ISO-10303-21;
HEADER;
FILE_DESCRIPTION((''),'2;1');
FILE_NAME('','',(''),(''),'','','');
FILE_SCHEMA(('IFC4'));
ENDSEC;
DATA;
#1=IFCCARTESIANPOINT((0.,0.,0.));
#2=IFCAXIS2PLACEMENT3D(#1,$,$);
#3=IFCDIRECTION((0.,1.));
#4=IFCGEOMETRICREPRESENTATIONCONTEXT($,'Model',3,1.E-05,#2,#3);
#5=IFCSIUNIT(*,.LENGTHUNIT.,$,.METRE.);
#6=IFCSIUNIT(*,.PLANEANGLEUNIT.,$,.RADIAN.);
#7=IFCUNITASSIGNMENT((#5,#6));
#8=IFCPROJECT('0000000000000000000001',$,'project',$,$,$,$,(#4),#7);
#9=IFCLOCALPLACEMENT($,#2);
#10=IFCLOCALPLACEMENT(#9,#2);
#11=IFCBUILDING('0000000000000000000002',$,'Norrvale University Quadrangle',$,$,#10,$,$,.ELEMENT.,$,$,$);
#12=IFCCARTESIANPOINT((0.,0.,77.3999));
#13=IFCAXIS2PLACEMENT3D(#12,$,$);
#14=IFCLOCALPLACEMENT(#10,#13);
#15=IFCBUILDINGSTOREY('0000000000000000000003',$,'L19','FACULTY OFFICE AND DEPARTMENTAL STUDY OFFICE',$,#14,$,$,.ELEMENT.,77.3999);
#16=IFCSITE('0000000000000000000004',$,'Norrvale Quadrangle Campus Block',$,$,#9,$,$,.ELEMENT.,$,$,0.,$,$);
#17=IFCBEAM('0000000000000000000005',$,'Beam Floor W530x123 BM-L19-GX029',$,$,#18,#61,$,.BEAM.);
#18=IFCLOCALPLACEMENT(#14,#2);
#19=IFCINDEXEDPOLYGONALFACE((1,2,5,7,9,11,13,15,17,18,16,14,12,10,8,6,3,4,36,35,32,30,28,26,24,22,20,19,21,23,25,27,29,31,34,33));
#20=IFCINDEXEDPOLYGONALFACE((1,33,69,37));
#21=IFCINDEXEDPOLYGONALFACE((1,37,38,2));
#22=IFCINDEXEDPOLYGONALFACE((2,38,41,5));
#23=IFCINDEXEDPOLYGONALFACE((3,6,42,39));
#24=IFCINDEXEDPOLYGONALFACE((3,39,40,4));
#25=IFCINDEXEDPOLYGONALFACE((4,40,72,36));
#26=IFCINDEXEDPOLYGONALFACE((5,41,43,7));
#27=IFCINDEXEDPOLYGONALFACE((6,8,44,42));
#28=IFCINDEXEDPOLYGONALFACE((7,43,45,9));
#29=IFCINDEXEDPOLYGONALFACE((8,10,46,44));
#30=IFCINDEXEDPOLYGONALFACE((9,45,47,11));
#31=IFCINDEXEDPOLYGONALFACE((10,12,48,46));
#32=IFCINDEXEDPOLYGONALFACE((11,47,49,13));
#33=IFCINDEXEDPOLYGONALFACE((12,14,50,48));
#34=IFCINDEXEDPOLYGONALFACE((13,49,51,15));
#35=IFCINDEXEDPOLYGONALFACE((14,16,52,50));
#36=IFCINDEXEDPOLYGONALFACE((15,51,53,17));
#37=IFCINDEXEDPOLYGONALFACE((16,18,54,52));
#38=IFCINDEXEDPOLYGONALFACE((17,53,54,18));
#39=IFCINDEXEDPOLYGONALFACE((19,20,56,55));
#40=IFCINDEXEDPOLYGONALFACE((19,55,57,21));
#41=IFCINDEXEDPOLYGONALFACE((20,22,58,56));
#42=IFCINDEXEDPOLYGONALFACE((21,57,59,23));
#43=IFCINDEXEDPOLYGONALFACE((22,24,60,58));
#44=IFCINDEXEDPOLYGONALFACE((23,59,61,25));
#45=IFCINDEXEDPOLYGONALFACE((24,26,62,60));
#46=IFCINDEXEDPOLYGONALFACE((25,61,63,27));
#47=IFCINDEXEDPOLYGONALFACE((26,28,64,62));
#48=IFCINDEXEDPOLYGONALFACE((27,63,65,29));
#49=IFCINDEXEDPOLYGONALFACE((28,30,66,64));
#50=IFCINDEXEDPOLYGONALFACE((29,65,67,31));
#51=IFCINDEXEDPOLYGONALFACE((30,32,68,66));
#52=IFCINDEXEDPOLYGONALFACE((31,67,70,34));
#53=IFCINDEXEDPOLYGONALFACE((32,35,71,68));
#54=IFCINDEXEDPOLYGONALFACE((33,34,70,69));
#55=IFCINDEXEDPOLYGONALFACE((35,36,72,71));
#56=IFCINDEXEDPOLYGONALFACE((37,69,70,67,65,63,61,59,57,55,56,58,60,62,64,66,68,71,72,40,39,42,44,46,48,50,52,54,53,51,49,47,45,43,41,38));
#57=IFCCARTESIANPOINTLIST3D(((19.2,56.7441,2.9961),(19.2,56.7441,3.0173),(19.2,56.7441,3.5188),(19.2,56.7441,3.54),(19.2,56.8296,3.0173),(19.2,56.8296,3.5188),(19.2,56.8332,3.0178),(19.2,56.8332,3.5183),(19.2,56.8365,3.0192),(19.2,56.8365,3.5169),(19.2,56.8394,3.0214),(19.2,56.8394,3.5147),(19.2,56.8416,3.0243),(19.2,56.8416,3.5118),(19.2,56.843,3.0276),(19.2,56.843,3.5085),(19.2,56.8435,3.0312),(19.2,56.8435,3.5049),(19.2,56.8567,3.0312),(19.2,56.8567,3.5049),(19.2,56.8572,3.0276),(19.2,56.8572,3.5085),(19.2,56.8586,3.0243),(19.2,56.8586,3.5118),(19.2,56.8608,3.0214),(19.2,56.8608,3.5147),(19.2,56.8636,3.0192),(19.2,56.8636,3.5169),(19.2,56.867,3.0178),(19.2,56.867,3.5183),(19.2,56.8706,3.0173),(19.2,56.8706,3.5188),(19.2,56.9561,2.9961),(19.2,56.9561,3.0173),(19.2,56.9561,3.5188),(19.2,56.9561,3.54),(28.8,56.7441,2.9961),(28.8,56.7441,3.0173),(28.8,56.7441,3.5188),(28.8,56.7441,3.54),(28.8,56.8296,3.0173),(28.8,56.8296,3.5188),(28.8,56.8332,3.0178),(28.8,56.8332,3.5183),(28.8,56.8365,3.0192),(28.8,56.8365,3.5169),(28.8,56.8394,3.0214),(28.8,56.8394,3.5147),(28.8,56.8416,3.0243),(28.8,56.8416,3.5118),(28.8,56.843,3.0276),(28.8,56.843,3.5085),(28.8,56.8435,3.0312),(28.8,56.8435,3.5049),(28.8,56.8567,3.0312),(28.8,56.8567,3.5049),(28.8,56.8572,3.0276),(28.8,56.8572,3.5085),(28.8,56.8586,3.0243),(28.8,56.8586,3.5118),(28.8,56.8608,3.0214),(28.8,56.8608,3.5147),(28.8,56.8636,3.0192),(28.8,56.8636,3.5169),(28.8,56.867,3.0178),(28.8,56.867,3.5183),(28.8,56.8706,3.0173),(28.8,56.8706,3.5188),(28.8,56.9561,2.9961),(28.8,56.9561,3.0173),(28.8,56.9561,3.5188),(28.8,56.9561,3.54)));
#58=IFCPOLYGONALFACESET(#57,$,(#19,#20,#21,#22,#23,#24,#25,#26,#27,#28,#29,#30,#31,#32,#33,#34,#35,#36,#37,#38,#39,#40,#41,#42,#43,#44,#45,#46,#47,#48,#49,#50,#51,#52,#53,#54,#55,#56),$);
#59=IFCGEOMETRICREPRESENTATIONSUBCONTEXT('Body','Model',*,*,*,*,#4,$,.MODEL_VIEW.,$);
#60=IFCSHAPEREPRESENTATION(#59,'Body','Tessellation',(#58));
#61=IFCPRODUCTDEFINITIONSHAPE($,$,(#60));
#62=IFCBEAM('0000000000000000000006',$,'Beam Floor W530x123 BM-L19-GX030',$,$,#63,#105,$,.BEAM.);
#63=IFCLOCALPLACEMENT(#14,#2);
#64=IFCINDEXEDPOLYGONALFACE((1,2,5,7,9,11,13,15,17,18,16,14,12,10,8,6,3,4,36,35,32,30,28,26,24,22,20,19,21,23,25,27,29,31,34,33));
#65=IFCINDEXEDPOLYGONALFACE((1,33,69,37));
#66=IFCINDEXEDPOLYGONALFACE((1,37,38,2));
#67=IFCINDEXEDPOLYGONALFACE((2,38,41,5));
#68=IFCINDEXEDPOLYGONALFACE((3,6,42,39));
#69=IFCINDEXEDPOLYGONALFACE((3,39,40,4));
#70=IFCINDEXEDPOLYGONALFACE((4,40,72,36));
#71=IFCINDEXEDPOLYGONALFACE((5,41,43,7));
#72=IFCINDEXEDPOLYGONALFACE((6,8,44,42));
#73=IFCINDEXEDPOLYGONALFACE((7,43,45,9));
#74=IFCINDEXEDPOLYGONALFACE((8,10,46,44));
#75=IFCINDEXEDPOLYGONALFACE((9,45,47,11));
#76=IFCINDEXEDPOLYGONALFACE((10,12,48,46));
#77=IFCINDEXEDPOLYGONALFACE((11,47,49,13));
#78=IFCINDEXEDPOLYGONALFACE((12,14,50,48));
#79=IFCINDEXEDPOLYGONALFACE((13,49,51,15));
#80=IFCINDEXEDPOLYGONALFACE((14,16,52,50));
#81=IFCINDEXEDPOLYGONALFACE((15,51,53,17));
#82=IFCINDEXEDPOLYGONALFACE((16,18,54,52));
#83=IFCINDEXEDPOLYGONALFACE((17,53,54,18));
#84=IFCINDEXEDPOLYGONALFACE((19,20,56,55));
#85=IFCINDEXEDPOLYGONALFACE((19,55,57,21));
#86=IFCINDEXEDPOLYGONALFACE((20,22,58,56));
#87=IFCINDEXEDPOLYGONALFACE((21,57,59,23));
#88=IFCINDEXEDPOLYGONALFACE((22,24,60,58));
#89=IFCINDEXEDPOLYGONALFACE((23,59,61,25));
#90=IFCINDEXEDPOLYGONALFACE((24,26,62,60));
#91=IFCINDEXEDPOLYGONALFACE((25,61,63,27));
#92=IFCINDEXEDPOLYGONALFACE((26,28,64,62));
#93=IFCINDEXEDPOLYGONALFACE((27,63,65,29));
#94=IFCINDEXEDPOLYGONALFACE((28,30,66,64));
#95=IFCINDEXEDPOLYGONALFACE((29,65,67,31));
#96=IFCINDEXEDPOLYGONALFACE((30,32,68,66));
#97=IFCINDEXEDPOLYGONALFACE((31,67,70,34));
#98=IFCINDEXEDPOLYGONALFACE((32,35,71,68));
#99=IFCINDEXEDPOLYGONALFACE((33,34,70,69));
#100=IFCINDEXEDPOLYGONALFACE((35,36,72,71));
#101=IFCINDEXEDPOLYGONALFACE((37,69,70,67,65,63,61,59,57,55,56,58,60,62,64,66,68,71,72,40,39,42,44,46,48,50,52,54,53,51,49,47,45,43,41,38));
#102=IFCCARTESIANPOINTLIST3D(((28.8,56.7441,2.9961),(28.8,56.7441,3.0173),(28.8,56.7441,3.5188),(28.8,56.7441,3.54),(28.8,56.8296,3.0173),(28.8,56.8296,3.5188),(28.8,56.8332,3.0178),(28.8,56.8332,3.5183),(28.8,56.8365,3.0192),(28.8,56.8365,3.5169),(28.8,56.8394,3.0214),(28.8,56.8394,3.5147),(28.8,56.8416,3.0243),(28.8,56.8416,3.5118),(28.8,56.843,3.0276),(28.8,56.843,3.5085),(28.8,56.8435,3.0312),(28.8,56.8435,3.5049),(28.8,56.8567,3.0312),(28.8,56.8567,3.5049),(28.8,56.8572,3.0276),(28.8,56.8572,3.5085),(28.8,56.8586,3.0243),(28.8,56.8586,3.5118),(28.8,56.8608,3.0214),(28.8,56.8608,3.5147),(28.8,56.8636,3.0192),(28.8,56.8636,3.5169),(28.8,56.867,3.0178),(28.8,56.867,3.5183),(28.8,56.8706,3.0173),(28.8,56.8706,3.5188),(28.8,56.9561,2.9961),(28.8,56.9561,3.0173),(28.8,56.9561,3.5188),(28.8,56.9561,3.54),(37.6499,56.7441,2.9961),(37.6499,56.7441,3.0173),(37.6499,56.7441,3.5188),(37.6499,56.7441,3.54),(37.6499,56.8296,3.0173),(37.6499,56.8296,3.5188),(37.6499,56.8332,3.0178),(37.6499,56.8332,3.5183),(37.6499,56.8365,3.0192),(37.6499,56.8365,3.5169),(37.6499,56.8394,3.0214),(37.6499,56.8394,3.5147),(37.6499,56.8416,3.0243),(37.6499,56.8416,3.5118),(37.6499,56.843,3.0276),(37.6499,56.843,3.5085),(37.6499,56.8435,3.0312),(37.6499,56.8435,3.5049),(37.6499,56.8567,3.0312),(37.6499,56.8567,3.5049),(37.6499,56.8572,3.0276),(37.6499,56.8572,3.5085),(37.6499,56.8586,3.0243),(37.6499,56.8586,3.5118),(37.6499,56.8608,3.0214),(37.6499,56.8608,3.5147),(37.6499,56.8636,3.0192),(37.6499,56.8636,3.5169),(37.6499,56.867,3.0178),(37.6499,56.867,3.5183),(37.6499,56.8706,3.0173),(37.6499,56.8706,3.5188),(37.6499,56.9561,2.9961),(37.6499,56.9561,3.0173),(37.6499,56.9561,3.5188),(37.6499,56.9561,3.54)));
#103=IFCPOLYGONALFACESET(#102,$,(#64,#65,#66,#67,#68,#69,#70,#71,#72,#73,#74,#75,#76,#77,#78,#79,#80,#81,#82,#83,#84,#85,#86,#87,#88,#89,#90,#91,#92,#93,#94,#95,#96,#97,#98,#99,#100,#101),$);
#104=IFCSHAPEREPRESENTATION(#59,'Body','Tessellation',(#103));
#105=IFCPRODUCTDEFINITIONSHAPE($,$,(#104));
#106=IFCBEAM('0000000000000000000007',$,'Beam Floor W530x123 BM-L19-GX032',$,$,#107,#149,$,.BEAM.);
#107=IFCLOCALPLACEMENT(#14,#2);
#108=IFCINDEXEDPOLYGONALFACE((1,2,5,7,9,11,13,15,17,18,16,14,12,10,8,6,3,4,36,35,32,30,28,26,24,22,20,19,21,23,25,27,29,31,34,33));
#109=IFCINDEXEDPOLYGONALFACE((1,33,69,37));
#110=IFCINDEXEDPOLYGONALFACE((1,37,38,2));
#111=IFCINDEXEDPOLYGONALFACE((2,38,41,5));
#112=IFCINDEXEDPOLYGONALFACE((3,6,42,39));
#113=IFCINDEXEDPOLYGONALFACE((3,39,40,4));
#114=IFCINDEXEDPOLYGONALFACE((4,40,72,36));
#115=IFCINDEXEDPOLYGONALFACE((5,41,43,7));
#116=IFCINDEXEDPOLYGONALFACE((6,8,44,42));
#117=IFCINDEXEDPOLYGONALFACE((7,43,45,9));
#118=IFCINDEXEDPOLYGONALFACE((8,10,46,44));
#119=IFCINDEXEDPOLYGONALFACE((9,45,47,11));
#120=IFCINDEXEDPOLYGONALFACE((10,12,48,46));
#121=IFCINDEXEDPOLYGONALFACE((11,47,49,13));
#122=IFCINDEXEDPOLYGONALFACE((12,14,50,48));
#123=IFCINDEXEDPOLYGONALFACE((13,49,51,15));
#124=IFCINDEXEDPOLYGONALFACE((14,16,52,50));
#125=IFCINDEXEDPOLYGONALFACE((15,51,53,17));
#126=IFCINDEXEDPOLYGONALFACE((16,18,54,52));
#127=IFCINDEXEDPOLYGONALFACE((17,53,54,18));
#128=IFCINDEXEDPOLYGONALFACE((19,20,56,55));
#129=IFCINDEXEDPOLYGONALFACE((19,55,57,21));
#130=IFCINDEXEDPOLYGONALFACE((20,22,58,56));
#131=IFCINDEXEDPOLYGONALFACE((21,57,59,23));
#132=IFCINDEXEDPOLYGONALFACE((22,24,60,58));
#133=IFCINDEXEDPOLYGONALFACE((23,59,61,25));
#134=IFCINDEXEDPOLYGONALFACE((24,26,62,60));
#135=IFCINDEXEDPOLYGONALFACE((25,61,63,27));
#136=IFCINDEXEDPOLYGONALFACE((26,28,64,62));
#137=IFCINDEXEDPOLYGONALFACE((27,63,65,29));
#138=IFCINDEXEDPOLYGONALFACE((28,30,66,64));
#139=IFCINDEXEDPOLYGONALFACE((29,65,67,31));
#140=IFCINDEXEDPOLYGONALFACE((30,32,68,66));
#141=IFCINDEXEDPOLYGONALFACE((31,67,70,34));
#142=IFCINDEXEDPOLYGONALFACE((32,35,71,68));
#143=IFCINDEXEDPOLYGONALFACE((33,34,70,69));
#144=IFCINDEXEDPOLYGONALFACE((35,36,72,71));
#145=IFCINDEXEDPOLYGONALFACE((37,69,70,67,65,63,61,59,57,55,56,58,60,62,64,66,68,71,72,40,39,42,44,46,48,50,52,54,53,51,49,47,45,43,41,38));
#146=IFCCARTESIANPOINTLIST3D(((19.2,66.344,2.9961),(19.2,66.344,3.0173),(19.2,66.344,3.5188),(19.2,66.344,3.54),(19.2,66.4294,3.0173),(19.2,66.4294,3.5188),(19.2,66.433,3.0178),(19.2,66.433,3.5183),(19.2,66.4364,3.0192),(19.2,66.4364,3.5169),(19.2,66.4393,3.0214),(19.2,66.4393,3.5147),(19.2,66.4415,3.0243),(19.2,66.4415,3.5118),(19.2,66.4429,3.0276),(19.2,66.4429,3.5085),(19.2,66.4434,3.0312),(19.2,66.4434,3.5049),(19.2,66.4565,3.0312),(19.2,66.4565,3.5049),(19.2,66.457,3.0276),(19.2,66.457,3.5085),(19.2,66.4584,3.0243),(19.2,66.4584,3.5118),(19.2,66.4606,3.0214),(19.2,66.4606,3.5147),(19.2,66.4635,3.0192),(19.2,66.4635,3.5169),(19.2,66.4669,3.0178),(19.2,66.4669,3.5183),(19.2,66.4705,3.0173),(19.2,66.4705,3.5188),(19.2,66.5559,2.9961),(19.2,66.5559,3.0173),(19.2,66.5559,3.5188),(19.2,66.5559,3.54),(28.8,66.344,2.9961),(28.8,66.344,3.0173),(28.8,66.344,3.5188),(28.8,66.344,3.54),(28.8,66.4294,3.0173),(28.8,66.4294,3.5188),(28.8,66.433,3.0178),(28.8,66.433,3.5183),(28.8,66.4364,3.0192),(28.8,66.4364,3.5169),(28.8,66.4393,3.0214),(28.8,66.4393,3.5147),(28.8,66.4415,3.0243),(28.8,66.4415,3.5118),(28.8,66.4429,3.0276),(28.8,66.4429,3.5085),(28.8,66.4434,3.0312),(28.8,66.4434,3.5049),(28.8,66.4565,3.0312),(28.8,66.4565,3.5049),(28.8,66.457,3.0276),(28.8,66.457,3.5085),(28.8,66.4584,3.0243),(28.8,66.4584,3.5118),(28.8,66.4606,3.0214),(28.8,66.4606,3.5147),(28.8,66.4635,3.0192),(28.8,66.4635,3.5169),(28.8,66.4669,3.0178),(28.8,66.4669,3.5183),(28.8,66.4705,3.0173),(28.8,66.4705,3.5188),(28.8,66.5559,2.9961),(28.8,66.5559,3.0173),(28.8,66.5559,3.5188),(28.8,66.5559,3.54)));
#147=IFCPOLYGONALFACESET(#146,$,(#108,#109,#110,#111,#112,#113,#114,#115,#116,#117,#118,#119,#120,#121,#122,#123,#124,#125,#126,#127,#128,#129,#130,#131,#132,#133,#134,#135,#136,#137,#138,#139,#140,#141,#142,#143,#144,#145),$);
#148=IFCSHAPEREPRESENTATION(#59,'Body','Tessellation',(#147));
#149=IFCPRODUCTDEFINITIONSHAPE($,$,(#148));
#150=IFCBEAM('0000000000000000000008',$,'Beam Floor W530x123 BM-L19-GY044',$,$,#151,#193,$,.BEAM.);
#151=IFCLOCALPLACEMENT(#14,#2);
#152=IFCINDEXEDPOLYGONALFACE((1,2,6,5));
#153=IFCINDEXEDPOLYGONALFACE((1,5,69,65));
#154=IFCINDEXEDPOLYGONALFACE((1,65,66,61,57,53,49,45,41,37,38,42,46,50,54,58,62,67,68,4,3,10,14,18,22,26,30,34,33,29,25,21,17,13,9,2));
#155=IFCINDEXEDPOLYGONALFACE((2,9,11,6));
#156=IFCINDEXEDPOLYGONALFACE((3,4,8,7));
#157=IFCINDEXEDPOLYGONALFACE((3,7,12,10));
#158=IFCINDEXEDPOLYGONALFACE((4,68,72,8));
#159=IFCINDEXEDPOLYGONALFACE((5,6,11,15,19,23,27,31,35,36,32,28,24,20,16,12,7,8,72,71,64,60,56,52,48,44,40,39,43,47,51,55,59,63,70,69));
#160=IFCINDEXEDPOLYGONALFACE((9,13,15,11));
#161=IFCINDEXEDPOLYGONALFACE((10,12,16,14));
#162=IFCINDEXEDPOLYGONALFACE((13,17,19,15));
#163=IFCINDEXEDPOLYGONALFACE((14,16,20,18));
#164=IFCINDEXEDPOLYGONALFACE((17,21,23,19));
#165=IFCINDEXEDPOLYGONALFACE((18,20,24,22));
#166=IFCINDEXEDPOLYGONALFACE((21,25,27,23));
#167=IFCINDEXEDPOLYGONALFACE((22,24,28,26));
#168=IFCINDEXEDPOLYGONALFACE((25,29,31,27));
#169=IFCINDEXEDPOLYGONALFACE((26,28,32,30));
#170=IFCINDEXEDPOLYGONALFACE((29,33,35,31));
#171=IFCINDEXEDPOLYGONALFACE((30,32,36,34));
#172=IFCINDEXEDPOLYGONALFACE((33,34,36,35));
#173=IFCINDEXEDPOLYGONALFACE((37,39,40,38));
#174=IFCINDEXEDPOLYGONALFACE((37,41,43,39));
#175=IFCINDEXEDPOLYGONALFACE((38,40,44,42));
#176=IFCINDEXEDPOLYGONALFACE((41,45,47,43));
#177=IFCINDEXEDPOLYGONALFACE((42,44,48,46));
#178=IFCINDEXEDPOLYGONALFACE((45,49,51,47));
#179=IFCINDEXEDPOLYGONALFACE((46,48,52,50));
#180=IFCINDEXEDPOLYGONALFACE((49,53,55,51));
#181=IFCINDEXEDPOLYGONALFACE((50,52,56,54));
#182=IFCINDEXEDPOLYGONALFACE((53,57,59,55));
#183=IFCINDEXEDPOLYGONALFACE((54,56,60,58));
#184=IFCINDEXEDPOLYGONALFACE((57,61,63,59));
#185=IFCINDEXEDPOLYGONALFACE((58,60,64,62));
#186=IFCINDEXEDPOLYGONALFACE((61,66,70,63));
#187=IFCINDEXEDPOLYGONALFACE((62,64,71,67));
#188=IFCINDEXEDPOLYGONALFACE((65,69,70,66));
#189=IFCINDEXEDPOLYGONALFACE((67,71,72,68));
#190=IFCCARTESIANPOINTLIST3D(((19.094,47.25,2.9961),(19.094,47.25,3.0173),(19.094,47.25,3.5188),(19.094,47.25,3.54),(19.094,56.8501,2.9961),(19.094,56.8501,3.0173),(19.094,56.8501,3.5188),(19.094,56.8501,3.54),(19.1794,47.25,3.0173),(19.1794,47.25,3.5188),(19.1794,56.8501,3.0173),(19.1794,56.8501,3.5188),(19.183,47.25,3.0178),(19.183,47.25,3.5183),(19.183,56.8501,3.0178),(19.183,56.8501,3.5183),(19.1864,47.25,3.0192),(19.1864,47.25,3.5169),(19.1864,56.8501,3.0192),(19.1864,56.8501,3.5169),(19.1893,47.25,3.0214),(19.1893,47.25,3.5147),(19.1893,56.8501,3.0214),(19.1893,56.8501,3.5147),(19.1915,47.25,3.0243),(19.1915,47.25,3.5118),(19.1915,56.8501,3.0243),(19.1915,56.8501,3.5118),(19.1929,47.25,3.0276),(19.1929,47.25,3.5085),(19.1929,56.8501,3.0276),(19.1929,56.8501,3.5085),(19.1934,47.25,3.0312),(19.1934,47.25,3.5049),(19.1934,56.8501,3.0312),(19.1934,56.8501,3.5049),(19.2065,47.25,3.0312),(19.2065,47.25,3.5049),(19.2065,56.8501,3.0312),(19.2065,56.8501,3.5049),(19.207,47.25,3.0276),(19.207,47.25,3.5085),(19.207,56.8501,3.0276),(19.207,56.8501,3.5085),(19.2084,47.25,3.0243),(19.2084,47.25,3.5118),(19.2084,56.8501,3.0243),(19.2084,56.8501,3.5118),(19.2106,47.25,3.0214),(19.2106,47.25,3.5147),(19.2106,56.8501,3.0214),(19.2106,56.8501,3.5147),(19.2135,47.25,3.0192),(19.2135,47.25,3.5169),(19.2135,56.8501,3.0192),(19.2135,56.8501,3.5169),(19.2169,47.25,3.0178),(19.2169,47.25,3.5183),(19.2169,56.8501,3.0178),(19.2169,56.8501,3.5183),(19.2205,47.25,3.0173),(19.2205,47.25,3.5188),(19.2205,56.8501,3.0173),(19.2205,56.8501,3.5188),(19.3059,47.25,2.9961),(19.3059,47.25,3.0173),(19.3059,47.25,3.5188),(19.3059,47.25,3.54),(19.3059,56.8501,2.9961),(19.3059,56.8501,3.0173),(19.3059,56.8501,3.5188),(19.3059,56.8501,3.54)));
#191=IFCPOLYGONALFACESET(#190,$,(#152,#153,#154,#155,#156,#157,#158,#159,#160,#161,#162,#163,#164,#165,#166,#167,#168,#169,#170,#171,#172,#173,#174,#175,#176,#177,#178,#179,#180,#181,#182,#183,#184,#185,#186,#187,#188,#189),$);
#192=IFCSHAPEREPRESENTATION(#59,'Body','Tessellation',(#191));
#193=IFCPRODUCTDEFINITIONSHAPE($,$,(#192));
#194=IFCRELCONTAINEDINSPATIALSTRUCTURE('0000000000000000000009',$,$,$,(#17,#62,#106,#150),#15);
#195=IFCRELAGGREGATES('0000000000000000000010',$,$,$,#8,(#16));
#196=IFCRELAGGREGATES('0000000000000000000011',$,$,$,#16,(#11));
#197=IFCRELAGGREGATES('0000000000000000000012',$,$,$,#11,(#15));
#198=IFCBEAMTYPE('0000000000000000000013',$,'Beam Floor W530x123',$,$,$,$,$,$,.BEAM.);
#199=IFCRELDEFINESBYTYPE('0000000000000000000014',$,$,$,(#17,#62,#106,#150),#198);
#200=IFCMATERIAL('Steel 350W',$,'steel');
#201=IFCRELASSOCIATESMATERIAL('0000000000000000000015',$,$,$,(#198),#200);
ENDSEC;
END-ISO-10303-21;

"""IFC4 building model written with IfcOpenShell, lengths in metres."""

from ifc_helpers import new_model, si_unit, direction, frame, origin, origin_2d, place, context, subcontext, project, spatial, i_section, extrude, material, material_profile, profile_set, type_object, element, save


model = new_model("IFC4")

# Units and contexts
model_context = context("Model", 3, precision=1e-05, world=origin(), true_north=direction((0.0, 1.0)))
body_context = subcontext(model_context, "Body", "Model", "MODEL_VIEW")
ifc_project = project(units=[si_unit("LENGTHUNIT", "METRE"), si_unit("PLANEANGLEUNIT", "RADIAN")], contexts=[model_context])

# Site, building, storey
site_placement = place(None, origin())
site = spatial("IfcSite", under=ifc_project, at=site_placement, Name="Norrvale Quadrangle Campus Block", CompositionType="ELEMENT", RefElevation=0.0)
building_placement = place(site_placement, origin())
building = spatial("IfcBuilding", under=site, at=building_placement, Name="Norrvale University Quadrangle", CompositionType="ELEMENT")
storey_placement = place(building_placement, frame((0.0, 0.0, 77.3999)))
storey = spatial("IfcBuildingStorey", under=building, at=storey_placement, Name="L19", Description="FACULTY OFFICE AND DEPARTMENTAL STUDY OFFICE", CompositionType="ELEMENT", Elevation=77.3999)

# Beams
ifc_material_1 = material(Name="Steel 350W", Category="steel")
ifc_material_profile_1 = material_profile(ifc_material_1, i_section(OverallWidth=0.2119, OverallDepth=0.5439, WebThickness=0.0132, FlangeThickness=0.0212, FilletRadius=0.0139, at=origin_2d()), Name="Steel 350W")
ifc_profile_set_1 = profile_set([ifc_material_profile_1], Name="Steel 350W")
beam_type_1 = type_object("IfcBeamType", Name="Beam Floor W530x123", PredefinedType="BEAM", material=ifc_profile_set_1)
beam_1_placement = place(storey_placement, frame((19.2, 56.8501, 3.2681), z_axis=(1.0, 0.0, 0.0), x_axis=(0.0, 1.0, 0.0)))
element("IfcBeam", 1, at=beam_1_placement, inside=storey, type_object=beam_type_1, Name="Beam Floor W530x123 BM-L19-GX029", PredefinedType="BEAM", context=body_context, shape_type="SweptSolid", body=[
    extrude(i_section(OverallWidth=0.2119, OverallDepth=0.5439, WebThickness=0.0132, FlangeThickness=0.0212, FilletRadius=0.0139, at=origin_2d()), origin(), (0.0, 0.0, 1.0), 9.6001),
])
beam_2_placement = place(storey_placement, frame((28.8, 56.8501, 3.2681), z_axis=(1.0, 0.0, 0.0), x_axis=(0.0, 1.0, 0.0)))
element("IfcBeam", 2, at=beam_2_placement, inside=storey, type_object=beam_type_1, Name="Beam Floor W530x123 BM-L19-GX030", PredefinedType="BEAM", context=body_context, shape_type="SweptSolid", body=[
    extrude(i_section(OverallWidth=0.2119, OverallDepth=0.5439, WebThickness=0.0132, FlangeThickness=0.0212, FilletRadius=0.0139, at=origin_2d()), origin(), (0.0, 0.0, 1.0), 8.8499),
])
for number, where, z_axis, x_axis, name in (
    (3, (19.2, 66.45, 3.2681), (1.0, 0.0, 0.0), (0.0, 1.0, 0.0), "Beam Floor W530x123 BM-L19-GX032"),
    (4, (19.2, 47.25, 3.2681), (0.0, 1.0, 0.0), (-1.0, 0.0, 0.0), "Beam Floor W530x123 BM-L19-GY044"),
):
    element("IfcBeam", number, at=place(storey_placement, frame(where, z_axis=z_axis, x_axis=x_axis)), inside=storey, type_object=beam_type_1, Name=name, PredefinedType="BEAM", context=body_context, shape_type="SweptSolid", body=[
        extrude(i_section(OverallWidth=0.2119, OverallDepth=0.5439, WebThickness=0.0132, FlangeThickness=0.0212, FilletRadius=0.0139, at=origin_2d()), origin(), (0.0, 0.0, 1.0), 9.6001),
    ])

save(model, "model.ifc")
